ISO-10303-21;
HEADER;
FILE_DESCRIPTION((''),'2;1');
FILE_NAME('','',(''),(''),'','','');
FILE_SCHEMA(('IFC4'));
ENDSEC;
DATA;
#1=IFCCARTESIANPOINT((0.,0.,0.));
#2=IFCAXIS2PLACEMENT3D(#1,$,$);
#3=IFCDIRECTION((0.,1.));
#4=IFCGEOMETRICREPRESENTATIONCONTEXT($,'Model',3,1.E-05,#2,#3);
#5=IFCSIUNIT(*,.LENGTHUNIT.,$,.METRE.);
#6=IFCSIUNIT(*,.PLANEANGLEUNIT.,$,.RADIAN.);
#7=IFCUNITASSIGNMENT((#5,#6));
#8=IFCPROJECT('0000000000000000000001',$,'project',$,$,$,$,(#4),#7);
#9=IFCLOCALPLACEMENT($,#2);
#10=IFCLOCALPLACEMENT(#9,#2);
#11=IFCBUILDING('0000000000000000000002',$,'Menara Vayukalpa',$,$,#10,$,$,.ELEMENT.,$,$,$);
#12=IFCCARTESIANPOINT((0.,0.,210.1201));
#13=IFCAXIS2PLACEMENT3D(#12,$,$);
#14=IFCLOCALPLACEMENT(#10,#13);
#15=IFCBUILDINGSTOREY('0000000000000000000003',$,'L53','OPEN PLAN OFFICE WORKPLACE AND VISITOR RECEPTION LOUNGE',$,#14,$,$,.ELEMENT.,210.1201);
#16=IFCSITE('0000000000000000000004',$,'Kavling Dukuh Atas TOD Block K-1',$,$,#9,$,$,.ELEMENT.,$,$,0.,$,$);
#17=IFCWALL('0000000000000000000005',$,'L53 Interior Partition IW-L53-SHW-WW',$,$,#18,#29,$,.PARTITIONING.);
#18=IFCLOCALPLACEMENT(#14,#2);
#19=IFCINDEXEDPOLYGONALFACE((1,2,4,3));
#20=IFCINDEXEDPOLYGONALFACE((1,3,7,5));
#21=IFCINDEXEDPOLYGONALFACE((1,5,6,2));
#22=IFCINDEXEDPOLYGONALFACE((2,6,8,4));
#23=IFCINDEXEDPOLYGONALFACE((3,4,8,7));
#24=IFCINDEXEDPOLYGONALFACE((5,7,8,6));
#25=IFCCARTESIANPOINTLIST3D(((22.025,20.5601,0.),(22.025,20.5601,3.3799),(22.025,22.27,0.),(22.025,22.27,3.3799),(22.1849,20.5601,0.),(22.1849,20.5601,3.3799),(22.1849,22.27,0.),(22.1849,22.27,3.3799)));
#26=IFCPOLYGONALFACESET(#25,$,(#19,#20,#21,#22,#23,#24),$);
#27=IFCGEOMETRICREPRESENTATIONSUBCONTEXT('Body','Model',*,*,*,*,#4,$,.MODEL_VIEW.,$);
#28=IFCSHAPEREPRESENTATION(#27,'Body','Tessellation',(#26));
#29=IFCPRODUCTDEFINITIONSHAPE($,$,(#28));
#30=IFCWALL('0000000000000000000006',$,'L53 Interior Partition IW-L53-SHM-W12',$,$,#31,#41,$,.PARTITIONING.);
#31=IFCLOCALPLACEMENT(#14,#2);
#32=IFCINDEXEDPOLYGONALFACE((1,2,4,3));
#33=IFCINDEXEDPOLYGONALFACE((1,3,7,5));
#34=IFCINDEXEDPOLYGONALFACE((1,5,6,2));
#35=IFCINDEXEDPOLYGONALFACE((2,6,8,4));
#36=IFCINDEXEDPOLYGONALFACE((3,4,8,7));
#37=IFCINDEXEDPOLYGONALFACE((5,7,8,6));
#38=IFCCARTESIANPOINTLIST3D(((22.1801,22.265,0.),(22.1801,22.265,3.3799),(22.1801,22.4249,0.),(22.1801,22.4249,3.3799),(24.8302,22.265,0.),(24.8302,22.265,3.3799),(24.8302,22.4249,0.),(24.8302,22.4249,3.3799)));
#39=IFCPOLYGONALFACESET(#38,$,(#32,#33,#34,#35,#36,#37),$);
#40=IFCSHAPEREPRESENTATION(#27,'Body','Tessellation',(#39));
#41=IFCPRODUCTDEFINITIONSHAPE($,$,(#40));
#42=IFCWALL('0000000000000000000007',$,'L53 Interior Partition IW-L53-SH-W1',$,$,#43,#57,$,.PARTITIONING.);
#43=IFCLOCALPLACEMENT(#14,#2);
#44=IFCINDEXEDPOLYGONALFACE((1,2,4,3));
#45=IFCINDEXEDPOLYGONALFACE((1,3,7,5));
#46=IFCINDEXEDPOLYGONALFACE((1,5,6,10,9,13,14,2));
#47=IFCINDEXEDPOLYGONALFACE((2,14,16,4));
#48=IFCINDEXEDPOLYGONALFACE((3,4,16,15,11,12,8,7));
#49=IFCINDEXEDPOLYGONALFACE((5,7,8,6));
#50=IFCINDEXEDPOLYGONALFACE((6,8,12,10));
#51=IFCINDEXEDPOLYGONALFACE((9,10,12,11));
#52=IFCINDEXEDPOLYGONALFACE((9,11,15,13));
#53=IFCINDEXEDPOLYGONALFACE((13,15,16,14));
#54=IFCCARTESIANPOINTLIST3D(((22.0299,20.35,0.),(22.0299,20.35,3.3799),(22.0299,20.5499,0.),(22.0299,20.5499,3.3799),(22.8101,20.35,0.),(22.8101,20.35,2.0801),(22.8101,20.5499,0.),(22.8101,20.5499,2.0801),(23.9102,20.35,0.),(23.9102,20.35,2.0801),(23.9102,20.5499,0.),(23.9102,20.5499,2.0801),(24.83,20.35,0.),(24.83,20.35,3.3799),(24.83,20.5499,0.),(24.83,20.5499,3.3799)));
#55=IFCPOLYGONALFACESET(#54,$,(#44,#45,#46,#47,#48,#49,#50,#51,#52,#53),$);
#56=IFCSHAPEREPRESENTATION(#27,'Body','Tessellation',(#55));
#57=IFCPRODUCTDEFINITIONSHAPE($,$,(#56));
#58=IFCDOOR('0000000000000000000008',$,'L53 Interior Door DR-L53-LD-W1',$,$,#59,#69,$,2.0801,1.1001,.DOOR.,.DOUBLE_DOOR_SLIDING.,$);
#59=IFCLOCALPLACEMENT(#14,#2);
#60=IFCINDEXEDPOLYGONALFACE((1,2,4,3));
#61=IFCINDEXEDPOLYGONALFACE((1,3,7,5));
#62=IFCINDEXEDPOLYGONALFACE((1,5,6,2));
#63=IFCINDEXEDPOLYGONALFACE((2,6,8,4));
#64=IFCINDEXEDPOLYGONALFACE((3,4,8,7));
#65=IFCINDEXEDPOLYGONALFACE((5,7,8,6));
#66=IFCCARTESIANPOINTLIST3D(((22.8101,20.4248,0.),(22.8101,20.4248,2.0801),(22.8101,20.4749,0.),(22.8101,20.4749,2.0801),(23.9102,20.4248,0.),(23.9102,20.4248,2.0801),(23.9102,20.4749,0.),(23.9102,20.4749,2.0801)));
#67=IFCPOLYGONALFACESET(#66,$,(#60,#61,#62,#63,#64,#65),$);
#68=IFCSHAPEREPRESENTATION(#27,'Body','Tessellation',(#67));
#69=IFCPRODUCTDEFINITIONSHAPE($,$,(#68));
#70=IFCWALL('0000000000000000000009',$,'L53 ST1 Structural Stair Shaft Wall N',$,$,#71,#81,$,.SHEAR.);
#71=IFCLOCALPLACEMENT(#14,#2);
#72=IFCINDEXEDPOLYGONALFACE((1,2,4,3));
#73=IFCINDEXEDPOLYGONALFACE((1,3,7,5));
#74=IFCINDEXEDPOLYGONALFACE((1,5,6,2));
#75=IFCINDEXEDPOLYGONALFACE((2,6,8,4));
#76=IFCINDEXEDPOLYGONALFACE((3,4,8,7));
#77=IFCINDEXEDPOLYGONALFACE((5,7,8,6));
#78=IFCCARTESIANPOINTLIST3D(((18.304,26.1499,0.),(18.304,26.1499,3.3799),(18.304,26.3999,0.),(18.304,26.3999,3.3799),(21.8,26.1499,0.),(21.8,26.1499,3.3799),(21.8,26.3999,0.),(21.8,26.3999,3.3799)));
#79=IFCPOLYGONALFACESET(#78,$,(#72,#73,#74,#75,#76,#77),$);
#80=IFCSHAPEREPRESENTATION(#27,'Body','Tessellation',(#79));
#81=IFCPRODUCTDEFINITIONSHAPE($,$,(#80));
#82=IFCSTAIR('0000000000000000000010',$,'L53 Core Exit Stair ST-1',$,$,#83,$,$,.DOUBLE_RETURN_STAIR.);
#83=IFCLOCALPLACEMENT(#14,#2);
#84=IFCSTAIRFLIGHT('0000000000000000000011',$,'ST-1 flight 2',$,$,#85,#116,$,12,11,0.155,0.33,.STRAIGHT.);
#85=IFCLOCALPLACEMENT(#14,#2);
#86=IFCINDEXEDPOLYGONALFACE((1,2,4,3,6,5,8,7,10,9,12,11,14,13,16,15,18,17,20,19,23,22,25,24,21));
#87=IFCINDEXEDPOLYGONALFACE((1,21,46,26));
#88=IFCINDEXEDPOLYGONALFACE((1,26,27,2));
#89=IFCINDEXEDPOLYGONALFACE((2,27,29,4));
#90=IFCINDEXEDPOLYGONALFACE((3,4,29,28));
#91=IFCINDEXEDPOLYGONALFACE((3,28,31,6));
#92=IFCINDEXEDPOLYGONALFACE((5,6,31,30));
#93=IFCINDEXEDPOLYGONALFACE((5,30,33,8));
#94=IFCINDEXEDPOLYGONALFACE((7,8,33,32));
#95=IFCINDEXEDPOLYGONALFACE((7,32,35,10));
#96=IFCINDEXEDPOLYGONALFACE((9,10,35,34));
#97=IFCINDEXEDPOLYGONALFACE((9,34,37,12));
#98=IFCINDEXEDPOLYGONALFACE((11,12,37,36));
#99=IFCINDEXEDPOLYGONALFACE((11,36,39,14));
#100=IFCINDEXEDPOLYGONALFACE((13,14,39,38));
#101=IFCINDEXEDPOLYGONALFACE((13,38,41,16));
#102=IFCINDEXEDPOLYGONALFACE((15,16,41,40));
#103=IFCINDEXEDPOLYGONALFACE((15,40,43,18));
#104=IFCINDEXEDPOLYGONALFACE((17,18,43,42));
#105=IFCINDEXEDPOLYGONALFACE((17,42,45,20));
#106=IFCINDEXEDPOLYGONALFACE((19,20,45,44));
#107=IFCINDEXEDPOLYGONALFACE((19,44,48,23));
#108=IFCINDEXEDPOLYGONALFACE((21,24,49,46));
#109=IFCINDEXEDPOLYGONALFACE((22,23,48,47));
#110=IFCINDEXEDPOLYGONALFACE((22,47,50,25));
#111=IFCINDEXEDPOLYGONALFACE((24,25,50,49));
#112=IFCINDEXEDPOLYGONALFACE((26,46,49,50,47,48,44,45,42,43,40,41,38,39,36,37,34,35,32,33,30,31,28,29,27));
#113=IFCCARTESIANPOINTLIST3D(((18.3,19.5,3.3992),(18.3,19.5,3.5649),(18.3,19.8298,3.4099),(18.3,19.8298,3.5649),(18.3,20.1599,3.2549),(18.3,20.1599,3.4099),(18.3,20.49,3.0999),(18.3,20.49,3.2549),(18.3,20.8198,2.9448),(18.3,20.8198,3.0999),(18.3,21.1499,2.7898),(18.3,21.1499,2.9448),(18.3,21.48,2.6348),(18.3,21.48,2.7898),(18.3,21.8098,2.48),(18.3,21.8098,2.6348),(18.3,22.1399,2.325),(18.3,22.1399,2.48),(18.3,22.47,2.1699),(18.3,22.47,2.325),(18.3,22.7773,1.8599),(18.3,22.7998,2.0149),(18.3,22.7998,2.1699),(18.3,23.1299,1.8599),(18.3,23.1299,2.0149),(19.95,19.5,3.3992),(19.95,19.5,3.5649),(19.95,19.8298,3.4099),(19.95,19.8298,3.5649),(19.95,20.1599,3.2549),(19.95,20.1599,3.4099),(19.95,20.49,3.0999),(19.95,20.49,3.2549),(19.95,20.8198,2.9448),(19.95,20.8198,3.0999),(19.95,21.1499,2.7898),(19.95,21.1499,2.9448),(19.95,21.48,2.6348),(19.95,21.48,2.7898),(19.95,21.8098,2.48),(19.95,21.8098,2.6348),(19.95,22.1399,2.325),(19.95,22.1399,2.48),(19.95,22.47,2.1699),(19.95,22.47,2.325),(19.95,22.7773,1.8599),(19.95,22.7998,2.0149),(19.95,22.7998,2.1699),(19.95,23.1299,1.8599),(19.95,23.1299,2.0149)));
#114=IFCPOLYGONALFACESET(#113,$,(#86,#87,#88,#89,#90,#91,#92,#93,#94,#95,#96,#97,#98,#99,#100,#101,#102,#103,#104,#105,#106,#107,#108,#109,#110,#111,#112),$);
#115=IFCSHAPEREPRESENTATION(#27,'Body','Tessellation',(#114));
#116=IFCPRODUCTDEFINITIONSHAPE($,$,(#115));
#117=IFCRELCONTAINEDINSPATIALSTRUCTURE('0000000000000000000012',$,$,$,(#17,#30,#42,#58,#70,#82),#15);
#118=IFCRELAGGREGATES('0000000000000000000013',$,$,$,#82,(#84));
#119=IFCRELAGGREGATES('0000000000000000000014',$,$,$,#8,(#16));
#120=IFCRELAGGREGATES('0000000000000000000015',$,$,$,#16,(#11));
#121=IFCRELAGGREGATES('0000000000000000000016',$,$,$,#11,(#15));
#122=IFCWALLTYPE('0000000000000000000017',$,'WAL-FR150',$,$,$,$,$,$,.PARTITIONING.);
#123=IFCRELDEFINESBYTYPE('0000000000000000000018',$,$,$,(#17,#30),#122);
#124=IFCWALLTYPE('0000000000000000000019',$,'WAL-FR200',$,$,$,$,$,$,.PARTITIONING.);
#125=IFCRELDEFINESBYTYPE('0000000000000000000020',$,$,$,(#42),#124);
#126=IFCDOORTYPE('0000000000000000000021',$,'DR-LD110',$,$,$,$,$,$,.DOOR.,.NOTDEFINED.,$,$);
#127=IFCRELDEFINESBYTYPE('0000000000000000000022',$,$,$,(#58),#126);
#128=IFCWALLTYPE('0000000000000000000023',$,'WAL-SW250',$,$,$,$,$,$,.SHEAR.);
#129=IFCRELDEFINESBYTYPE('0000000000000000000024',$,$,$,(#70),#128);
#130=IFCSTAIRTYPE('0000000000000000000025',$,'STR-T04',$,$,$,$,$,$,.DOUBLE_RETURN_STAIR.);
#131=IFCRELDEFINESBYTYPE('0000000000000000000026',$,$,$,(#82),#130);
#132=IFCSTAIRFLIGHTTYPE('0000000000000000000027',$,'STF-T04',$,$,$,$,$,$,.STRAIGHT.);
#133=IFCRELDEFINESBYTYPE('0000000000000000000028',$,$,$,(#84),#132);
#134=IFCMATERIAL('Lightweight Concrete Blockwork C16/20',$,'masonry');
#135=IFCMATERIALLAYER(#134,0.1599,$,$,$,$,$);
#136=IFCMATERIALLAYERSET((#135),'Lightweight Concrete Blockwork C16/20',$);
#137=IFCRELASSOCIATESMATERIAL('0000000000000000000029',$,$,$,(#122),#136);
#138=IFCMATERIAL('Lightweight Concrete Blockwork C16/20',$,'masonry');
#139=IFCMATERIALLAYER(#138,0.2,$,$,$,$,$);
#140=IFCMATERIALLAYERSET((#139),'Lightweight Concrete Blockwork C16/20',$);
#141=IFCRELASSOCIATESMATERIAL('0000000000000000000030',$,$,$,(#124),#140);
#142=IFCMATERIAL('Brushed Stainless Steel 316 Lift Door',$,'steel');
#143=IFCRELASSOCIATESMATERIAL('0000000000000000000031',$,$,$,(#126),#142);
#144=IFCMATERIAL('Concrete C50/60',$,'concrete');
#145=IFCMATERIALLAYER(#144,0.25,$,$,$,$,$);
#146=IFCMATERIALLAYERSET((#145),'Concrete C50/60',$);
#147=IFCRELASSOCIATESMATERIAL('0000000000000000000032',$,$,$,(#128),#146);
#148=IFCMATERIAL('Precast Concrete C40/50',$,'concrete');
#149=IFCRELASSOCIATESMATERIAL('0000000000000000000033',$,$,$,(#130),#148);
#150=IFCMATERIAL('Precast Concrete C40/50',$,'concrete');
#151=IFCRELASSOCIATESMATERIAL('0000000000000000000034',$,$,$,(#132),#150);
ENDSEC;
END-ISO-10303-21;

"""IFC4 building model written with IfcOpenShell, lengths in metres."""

from ifc_helpers import new_model, si_unit, direction, frame, frame_2d, origin, place, context, subcontext, project, spatial, polyline, rectangle, outline, extrude, material, layer, layer_set, type_object, element, fill, aggregate, save


model = new_model("IFC4")

# Units and contexts
model_context = context("Model", 3, precision=1e-05, world=origin(), true_north=direction((0.0, 1.0)))
body_context = subcontext(model_context, "Body", "Model", "MODEL_VIEW")
ifc_project = project(units=[si_unit("LENGTHUNIT", "METRE"), si_unit("PLANEANGLEUNIT", "RADIAN")], contexts=[model_context])

# Site, building, storey
site_placement = place(None, origin())
site = spatial("IfcSite", under=ifc_project, at=site_placement, Name="Kavling Dukuh Atas TOD Block K-1", CompositionType="ELEMENT", RefElevation=0.0)
building_placement = place(site_placement, origin())
building = spatial("IfcBuilding", under=site, at=building_placement, Name="Menara Vayukalpa", CompositionType="ELEMENT")
storey_placement = place(building_placement, frame((0.0, 0.0, 210.1201)))
storey = spatial("IfcBuildingStorey", under=building, at=storey_placement, Name="L53", Description="OPEN PLAN OFFICE WORKPLACE AND VISITOR RECEPTION LOUNGE", CompositionType="ELEMENT", Elevation=210.1201)

# Walls
ifc_material_1 = material(Name="Lightweight Concrete Blockwork C16/20", Category="masonry")
ifc_layer_1 = layer(ifc_material_1, 0.1599)
ifc_layer_set_1 = layer_set([ifc_layer_1], Name="Lightweight Concrete Blockwork C16/20")
wall_type_1 = type_object("IfcWallType", Name="WAL-FR150", PredefinedType="PARTITIONING", material=ifc_layer_set_1)
wall_1_placement = place(storey_placement, frame((22.105, 20.5601, 0.0), z_axis=(0.0, 0.0, 1.0), x_axis=(0.0, 1.0, 0.0)))
element("IfcWall", 1, at=wall_1_placement, inside=storey, type_object=wall_type_1, Name="L53 Interior Partition IW-L53-SHW-WW", PredefinedType="PARTITIONING", context=body_context, shape_type="SweptSolid", body=[
    extrude(rectangle(XDim=1.71, YDim=0.1599, at=frame_2d((0.855, 0.0))), origin(), (0.0, 0.0, 1.0), 3.3799),
])
wall_2_placement = place(storey_placement, frame((22.1799, 22.345, 0.0), z_axis=(0.0, 0.0, 1.0), x_axis=(1.0, 0.0, 0.0)))
element("IfcWall", 2, at=wall_2_placement, inside=storey, type_object=wall_type_1, Name="L53 Interior Partition IW-L53-SHM-W12", PredefinedType="PARTITIONING", context=body_context, shape_type="SweptSolid", body=[
    extrude(rectangle(XDim=2.6501, YDim=0.1599, at=frame_2d((1.3252, 0.0))), origin(), (0.0, 0.0, 1.0), 3.3799),
])

# Wall, opening, door
ifc_material_2 = material(Name="Lightweight Concrete Blockwork C16/20", Category="masonry")
ifc_layer_2 = layer(ifc_material_2, 0.2)
ifc_layer_set_2 = layer_set([ifc_layer_2], Name="Lightweight Concrete Blockwork C16/20")
wall_type_2 = type_object("IfcWallType", Name="WAL-FR200", PredefinedType="PARTITIONING", material=ifc_layer_set_2)
wall_3_placement = place(storey_placement, frame((22.03, 20.45, 0.0), z_axis=(0.0, 0.0, 1.0), x_axis=(1.0, 0.0, 0.0)))
wall_3 = element("IfcWall", 3, at=wall_3_placement, inside=storey, type_object=wall_type_2, Name="L53 Interior Partition IW-L53-SH-W1", PredefinedType="PARTITIONING", context=body_context, shape_type="SweptSolid", body=[
    extrude(rectangle(XDim=2.8, YDim=0.2, at=frame_2d((1.3999, 0.0))), origin(), (0.0, 0.0, 1.0), 3.3799),
])
opening_placement = place(wall_3_placement, frame((0.78, 0.0, 0.0)))
opening = element("IfcOpeningElement", 4, at=opening_placement, cuts=wall_3, PredefinedType="OPENING", context=body_context, shape_type="SweptSolid", body=[
    extrude(rectangle(XDim=1.1001, YDim=2.0801, at=frame_2d((0.55, 1.04))), frame((0.0, 0.1099, 0.0), z_axis=(0.0, -1.0, 0.0), x_axis=(1.0, 0.0, 0.0)), (0.0, 0.0, 1.0), 0.22),
])
ifc_material_3 = material(Name="Brushed Stainless Steel 316 Lift Door", Category="steel")
door_type = type_object("IfcDoorType", Name="DR-LD110", OperationType="NOTDEFINED", PredefinedType="DOOR", material=ifc_material_3)
door_placement = place(opening_placement, origin())
door = element("IfcDoor", 5, at=door_placement, inside=storey, type_object=door_type, Name="L53 Interior Door DR-L53-LD-W1", OperationType="DOUBLE_DOOR_SLIDING", OverallHeight=2.0801, OverallWidth=1.1001, PredefinedType="DOOR", context=body_context, shape_type="SweptSolid", body=[
    extrude(rectangle(XDim=1.1001, YDim=2.0801, at=frame_2d((0.55, 1.04))), frame((0.0, 0.0249, 0.0), z_axis=(0.0, -1.0, 0.0), x_axis=(1.0, 0.0, 0.0)), (0.0, 0.0, 1.0), 0.05),
])
fill(opening, door)

# Wall
ifc_material_4 = material(Name="Concrete C50/60", Category="concrete")
ifc_layer_3 = layer(ifc_material_4, 0.25)
ifc_layer_set_3 = layer_set([ifc_layer_3], Name="Concrete C50/60")
wall_type_3 = type_object("IfcWallType", Name="WAL-SW250", PredefinedType="SHEAR", material=ifc_layer_set_3)
wall_4_placement = place(storey_placement, frame((18.304, 26.2749, 0.0), z_axis=(0.0, 0.0, 1.0), x_axis=(1.0, 0.0, 0.0)))
element("IfcWall", 6, at=wall_4_placement, inside=storey, type_object=wall_type_3, Name="L53 ST1 Structural Stair Shaft Wall N", PredefinedType="SHEAR", context=body_context, shape_type="SweptSolid", body=[
    extrude(rectangle(XDim=3.4961, YDim=0.25, at=frame_2d((1.748, 0.0))), origin(), (0.0, 0.0, 1.0), 3.3799),
])

# Stair, stair flight
ifc_material_5 = material(Name="Precast Concrete C40/50", Category="concrete")
stair_type = type_object("IfcStairType", Name="STR-T04", PredefinedType="DOUBLE_RETURN_STAIR", material=ifc_material_5)
stair_placement = place(storey_placement, origin())
stair = element("IfcStair", 7, at=stair_placement, inside=storey, type_object=stair_type, Name="L53 Core Exit Stair ST-1", PredefinedType="DOUBLE_RETURN_STAIR")
ifc_material_6 = material(Name="Precast Concrete C40/50", Category="concrete")
stair_flight_type = type_object("IfcStairFlightType", Name="STF-T04", PredefinedType="STRAIGHT", material=ifc_material_6)
stair_flight_placement = place(storey_placement, frame((19.125, 23.1299, 1.8599), z_axis=(0.0, 0.0, 1.0), x_axis=(0.0, -1.0, 0.0)))
stair_flight = element("IfcStairFlight", 8, at=stair_flight_placement, type_object=stair_flight_type, Name="ST-1 flight 2", NumberOfRisers=12, NumberOfTreads=11, PredefinedType="STRAIGHT", RiserHeight=0.155, TreadLength=0.33, context=body_context, shape_type="SweptSolid", body=[
    extrude(outline(polyline([(0.0, 0.0), (0.0, 0.155), (0.3301, 0.155), (0.3301, 0.3101), (0.6599, 0.3101), (0.6599, 0.4651), (0.99, 0.4651), (0.99, 0.6201), (1.3201, 0.6201), (1.3201, 0.7749), (1.6499, 0.7749), (1.6499, 0.9299), (1.98, 0.9299), (1.98, 1.085), (2.3101, 1.085), (2.3101, 1.24), (2.6399, 1.24), (2.6399, 1.395), (2.97, 1.395), (2.97, 1.55), (3.3, 1.55), (3.3, 1.7051), (3.6299, 1.7051), (3.6299, 1.8601), (3.6299, 1.5393), (0.3525, 0.0), (0.0, 0.0)])), frame((0.0, 0.825, 0.0), z_axis=(0.0, -1.0, 0.0), x_axis=(1.0, 0.0, 0.0)), (0.0, 0.0, 1.0), 1.6499),
])
aggregate(stair, [stair_flight])

save(model, "model.ifc")
